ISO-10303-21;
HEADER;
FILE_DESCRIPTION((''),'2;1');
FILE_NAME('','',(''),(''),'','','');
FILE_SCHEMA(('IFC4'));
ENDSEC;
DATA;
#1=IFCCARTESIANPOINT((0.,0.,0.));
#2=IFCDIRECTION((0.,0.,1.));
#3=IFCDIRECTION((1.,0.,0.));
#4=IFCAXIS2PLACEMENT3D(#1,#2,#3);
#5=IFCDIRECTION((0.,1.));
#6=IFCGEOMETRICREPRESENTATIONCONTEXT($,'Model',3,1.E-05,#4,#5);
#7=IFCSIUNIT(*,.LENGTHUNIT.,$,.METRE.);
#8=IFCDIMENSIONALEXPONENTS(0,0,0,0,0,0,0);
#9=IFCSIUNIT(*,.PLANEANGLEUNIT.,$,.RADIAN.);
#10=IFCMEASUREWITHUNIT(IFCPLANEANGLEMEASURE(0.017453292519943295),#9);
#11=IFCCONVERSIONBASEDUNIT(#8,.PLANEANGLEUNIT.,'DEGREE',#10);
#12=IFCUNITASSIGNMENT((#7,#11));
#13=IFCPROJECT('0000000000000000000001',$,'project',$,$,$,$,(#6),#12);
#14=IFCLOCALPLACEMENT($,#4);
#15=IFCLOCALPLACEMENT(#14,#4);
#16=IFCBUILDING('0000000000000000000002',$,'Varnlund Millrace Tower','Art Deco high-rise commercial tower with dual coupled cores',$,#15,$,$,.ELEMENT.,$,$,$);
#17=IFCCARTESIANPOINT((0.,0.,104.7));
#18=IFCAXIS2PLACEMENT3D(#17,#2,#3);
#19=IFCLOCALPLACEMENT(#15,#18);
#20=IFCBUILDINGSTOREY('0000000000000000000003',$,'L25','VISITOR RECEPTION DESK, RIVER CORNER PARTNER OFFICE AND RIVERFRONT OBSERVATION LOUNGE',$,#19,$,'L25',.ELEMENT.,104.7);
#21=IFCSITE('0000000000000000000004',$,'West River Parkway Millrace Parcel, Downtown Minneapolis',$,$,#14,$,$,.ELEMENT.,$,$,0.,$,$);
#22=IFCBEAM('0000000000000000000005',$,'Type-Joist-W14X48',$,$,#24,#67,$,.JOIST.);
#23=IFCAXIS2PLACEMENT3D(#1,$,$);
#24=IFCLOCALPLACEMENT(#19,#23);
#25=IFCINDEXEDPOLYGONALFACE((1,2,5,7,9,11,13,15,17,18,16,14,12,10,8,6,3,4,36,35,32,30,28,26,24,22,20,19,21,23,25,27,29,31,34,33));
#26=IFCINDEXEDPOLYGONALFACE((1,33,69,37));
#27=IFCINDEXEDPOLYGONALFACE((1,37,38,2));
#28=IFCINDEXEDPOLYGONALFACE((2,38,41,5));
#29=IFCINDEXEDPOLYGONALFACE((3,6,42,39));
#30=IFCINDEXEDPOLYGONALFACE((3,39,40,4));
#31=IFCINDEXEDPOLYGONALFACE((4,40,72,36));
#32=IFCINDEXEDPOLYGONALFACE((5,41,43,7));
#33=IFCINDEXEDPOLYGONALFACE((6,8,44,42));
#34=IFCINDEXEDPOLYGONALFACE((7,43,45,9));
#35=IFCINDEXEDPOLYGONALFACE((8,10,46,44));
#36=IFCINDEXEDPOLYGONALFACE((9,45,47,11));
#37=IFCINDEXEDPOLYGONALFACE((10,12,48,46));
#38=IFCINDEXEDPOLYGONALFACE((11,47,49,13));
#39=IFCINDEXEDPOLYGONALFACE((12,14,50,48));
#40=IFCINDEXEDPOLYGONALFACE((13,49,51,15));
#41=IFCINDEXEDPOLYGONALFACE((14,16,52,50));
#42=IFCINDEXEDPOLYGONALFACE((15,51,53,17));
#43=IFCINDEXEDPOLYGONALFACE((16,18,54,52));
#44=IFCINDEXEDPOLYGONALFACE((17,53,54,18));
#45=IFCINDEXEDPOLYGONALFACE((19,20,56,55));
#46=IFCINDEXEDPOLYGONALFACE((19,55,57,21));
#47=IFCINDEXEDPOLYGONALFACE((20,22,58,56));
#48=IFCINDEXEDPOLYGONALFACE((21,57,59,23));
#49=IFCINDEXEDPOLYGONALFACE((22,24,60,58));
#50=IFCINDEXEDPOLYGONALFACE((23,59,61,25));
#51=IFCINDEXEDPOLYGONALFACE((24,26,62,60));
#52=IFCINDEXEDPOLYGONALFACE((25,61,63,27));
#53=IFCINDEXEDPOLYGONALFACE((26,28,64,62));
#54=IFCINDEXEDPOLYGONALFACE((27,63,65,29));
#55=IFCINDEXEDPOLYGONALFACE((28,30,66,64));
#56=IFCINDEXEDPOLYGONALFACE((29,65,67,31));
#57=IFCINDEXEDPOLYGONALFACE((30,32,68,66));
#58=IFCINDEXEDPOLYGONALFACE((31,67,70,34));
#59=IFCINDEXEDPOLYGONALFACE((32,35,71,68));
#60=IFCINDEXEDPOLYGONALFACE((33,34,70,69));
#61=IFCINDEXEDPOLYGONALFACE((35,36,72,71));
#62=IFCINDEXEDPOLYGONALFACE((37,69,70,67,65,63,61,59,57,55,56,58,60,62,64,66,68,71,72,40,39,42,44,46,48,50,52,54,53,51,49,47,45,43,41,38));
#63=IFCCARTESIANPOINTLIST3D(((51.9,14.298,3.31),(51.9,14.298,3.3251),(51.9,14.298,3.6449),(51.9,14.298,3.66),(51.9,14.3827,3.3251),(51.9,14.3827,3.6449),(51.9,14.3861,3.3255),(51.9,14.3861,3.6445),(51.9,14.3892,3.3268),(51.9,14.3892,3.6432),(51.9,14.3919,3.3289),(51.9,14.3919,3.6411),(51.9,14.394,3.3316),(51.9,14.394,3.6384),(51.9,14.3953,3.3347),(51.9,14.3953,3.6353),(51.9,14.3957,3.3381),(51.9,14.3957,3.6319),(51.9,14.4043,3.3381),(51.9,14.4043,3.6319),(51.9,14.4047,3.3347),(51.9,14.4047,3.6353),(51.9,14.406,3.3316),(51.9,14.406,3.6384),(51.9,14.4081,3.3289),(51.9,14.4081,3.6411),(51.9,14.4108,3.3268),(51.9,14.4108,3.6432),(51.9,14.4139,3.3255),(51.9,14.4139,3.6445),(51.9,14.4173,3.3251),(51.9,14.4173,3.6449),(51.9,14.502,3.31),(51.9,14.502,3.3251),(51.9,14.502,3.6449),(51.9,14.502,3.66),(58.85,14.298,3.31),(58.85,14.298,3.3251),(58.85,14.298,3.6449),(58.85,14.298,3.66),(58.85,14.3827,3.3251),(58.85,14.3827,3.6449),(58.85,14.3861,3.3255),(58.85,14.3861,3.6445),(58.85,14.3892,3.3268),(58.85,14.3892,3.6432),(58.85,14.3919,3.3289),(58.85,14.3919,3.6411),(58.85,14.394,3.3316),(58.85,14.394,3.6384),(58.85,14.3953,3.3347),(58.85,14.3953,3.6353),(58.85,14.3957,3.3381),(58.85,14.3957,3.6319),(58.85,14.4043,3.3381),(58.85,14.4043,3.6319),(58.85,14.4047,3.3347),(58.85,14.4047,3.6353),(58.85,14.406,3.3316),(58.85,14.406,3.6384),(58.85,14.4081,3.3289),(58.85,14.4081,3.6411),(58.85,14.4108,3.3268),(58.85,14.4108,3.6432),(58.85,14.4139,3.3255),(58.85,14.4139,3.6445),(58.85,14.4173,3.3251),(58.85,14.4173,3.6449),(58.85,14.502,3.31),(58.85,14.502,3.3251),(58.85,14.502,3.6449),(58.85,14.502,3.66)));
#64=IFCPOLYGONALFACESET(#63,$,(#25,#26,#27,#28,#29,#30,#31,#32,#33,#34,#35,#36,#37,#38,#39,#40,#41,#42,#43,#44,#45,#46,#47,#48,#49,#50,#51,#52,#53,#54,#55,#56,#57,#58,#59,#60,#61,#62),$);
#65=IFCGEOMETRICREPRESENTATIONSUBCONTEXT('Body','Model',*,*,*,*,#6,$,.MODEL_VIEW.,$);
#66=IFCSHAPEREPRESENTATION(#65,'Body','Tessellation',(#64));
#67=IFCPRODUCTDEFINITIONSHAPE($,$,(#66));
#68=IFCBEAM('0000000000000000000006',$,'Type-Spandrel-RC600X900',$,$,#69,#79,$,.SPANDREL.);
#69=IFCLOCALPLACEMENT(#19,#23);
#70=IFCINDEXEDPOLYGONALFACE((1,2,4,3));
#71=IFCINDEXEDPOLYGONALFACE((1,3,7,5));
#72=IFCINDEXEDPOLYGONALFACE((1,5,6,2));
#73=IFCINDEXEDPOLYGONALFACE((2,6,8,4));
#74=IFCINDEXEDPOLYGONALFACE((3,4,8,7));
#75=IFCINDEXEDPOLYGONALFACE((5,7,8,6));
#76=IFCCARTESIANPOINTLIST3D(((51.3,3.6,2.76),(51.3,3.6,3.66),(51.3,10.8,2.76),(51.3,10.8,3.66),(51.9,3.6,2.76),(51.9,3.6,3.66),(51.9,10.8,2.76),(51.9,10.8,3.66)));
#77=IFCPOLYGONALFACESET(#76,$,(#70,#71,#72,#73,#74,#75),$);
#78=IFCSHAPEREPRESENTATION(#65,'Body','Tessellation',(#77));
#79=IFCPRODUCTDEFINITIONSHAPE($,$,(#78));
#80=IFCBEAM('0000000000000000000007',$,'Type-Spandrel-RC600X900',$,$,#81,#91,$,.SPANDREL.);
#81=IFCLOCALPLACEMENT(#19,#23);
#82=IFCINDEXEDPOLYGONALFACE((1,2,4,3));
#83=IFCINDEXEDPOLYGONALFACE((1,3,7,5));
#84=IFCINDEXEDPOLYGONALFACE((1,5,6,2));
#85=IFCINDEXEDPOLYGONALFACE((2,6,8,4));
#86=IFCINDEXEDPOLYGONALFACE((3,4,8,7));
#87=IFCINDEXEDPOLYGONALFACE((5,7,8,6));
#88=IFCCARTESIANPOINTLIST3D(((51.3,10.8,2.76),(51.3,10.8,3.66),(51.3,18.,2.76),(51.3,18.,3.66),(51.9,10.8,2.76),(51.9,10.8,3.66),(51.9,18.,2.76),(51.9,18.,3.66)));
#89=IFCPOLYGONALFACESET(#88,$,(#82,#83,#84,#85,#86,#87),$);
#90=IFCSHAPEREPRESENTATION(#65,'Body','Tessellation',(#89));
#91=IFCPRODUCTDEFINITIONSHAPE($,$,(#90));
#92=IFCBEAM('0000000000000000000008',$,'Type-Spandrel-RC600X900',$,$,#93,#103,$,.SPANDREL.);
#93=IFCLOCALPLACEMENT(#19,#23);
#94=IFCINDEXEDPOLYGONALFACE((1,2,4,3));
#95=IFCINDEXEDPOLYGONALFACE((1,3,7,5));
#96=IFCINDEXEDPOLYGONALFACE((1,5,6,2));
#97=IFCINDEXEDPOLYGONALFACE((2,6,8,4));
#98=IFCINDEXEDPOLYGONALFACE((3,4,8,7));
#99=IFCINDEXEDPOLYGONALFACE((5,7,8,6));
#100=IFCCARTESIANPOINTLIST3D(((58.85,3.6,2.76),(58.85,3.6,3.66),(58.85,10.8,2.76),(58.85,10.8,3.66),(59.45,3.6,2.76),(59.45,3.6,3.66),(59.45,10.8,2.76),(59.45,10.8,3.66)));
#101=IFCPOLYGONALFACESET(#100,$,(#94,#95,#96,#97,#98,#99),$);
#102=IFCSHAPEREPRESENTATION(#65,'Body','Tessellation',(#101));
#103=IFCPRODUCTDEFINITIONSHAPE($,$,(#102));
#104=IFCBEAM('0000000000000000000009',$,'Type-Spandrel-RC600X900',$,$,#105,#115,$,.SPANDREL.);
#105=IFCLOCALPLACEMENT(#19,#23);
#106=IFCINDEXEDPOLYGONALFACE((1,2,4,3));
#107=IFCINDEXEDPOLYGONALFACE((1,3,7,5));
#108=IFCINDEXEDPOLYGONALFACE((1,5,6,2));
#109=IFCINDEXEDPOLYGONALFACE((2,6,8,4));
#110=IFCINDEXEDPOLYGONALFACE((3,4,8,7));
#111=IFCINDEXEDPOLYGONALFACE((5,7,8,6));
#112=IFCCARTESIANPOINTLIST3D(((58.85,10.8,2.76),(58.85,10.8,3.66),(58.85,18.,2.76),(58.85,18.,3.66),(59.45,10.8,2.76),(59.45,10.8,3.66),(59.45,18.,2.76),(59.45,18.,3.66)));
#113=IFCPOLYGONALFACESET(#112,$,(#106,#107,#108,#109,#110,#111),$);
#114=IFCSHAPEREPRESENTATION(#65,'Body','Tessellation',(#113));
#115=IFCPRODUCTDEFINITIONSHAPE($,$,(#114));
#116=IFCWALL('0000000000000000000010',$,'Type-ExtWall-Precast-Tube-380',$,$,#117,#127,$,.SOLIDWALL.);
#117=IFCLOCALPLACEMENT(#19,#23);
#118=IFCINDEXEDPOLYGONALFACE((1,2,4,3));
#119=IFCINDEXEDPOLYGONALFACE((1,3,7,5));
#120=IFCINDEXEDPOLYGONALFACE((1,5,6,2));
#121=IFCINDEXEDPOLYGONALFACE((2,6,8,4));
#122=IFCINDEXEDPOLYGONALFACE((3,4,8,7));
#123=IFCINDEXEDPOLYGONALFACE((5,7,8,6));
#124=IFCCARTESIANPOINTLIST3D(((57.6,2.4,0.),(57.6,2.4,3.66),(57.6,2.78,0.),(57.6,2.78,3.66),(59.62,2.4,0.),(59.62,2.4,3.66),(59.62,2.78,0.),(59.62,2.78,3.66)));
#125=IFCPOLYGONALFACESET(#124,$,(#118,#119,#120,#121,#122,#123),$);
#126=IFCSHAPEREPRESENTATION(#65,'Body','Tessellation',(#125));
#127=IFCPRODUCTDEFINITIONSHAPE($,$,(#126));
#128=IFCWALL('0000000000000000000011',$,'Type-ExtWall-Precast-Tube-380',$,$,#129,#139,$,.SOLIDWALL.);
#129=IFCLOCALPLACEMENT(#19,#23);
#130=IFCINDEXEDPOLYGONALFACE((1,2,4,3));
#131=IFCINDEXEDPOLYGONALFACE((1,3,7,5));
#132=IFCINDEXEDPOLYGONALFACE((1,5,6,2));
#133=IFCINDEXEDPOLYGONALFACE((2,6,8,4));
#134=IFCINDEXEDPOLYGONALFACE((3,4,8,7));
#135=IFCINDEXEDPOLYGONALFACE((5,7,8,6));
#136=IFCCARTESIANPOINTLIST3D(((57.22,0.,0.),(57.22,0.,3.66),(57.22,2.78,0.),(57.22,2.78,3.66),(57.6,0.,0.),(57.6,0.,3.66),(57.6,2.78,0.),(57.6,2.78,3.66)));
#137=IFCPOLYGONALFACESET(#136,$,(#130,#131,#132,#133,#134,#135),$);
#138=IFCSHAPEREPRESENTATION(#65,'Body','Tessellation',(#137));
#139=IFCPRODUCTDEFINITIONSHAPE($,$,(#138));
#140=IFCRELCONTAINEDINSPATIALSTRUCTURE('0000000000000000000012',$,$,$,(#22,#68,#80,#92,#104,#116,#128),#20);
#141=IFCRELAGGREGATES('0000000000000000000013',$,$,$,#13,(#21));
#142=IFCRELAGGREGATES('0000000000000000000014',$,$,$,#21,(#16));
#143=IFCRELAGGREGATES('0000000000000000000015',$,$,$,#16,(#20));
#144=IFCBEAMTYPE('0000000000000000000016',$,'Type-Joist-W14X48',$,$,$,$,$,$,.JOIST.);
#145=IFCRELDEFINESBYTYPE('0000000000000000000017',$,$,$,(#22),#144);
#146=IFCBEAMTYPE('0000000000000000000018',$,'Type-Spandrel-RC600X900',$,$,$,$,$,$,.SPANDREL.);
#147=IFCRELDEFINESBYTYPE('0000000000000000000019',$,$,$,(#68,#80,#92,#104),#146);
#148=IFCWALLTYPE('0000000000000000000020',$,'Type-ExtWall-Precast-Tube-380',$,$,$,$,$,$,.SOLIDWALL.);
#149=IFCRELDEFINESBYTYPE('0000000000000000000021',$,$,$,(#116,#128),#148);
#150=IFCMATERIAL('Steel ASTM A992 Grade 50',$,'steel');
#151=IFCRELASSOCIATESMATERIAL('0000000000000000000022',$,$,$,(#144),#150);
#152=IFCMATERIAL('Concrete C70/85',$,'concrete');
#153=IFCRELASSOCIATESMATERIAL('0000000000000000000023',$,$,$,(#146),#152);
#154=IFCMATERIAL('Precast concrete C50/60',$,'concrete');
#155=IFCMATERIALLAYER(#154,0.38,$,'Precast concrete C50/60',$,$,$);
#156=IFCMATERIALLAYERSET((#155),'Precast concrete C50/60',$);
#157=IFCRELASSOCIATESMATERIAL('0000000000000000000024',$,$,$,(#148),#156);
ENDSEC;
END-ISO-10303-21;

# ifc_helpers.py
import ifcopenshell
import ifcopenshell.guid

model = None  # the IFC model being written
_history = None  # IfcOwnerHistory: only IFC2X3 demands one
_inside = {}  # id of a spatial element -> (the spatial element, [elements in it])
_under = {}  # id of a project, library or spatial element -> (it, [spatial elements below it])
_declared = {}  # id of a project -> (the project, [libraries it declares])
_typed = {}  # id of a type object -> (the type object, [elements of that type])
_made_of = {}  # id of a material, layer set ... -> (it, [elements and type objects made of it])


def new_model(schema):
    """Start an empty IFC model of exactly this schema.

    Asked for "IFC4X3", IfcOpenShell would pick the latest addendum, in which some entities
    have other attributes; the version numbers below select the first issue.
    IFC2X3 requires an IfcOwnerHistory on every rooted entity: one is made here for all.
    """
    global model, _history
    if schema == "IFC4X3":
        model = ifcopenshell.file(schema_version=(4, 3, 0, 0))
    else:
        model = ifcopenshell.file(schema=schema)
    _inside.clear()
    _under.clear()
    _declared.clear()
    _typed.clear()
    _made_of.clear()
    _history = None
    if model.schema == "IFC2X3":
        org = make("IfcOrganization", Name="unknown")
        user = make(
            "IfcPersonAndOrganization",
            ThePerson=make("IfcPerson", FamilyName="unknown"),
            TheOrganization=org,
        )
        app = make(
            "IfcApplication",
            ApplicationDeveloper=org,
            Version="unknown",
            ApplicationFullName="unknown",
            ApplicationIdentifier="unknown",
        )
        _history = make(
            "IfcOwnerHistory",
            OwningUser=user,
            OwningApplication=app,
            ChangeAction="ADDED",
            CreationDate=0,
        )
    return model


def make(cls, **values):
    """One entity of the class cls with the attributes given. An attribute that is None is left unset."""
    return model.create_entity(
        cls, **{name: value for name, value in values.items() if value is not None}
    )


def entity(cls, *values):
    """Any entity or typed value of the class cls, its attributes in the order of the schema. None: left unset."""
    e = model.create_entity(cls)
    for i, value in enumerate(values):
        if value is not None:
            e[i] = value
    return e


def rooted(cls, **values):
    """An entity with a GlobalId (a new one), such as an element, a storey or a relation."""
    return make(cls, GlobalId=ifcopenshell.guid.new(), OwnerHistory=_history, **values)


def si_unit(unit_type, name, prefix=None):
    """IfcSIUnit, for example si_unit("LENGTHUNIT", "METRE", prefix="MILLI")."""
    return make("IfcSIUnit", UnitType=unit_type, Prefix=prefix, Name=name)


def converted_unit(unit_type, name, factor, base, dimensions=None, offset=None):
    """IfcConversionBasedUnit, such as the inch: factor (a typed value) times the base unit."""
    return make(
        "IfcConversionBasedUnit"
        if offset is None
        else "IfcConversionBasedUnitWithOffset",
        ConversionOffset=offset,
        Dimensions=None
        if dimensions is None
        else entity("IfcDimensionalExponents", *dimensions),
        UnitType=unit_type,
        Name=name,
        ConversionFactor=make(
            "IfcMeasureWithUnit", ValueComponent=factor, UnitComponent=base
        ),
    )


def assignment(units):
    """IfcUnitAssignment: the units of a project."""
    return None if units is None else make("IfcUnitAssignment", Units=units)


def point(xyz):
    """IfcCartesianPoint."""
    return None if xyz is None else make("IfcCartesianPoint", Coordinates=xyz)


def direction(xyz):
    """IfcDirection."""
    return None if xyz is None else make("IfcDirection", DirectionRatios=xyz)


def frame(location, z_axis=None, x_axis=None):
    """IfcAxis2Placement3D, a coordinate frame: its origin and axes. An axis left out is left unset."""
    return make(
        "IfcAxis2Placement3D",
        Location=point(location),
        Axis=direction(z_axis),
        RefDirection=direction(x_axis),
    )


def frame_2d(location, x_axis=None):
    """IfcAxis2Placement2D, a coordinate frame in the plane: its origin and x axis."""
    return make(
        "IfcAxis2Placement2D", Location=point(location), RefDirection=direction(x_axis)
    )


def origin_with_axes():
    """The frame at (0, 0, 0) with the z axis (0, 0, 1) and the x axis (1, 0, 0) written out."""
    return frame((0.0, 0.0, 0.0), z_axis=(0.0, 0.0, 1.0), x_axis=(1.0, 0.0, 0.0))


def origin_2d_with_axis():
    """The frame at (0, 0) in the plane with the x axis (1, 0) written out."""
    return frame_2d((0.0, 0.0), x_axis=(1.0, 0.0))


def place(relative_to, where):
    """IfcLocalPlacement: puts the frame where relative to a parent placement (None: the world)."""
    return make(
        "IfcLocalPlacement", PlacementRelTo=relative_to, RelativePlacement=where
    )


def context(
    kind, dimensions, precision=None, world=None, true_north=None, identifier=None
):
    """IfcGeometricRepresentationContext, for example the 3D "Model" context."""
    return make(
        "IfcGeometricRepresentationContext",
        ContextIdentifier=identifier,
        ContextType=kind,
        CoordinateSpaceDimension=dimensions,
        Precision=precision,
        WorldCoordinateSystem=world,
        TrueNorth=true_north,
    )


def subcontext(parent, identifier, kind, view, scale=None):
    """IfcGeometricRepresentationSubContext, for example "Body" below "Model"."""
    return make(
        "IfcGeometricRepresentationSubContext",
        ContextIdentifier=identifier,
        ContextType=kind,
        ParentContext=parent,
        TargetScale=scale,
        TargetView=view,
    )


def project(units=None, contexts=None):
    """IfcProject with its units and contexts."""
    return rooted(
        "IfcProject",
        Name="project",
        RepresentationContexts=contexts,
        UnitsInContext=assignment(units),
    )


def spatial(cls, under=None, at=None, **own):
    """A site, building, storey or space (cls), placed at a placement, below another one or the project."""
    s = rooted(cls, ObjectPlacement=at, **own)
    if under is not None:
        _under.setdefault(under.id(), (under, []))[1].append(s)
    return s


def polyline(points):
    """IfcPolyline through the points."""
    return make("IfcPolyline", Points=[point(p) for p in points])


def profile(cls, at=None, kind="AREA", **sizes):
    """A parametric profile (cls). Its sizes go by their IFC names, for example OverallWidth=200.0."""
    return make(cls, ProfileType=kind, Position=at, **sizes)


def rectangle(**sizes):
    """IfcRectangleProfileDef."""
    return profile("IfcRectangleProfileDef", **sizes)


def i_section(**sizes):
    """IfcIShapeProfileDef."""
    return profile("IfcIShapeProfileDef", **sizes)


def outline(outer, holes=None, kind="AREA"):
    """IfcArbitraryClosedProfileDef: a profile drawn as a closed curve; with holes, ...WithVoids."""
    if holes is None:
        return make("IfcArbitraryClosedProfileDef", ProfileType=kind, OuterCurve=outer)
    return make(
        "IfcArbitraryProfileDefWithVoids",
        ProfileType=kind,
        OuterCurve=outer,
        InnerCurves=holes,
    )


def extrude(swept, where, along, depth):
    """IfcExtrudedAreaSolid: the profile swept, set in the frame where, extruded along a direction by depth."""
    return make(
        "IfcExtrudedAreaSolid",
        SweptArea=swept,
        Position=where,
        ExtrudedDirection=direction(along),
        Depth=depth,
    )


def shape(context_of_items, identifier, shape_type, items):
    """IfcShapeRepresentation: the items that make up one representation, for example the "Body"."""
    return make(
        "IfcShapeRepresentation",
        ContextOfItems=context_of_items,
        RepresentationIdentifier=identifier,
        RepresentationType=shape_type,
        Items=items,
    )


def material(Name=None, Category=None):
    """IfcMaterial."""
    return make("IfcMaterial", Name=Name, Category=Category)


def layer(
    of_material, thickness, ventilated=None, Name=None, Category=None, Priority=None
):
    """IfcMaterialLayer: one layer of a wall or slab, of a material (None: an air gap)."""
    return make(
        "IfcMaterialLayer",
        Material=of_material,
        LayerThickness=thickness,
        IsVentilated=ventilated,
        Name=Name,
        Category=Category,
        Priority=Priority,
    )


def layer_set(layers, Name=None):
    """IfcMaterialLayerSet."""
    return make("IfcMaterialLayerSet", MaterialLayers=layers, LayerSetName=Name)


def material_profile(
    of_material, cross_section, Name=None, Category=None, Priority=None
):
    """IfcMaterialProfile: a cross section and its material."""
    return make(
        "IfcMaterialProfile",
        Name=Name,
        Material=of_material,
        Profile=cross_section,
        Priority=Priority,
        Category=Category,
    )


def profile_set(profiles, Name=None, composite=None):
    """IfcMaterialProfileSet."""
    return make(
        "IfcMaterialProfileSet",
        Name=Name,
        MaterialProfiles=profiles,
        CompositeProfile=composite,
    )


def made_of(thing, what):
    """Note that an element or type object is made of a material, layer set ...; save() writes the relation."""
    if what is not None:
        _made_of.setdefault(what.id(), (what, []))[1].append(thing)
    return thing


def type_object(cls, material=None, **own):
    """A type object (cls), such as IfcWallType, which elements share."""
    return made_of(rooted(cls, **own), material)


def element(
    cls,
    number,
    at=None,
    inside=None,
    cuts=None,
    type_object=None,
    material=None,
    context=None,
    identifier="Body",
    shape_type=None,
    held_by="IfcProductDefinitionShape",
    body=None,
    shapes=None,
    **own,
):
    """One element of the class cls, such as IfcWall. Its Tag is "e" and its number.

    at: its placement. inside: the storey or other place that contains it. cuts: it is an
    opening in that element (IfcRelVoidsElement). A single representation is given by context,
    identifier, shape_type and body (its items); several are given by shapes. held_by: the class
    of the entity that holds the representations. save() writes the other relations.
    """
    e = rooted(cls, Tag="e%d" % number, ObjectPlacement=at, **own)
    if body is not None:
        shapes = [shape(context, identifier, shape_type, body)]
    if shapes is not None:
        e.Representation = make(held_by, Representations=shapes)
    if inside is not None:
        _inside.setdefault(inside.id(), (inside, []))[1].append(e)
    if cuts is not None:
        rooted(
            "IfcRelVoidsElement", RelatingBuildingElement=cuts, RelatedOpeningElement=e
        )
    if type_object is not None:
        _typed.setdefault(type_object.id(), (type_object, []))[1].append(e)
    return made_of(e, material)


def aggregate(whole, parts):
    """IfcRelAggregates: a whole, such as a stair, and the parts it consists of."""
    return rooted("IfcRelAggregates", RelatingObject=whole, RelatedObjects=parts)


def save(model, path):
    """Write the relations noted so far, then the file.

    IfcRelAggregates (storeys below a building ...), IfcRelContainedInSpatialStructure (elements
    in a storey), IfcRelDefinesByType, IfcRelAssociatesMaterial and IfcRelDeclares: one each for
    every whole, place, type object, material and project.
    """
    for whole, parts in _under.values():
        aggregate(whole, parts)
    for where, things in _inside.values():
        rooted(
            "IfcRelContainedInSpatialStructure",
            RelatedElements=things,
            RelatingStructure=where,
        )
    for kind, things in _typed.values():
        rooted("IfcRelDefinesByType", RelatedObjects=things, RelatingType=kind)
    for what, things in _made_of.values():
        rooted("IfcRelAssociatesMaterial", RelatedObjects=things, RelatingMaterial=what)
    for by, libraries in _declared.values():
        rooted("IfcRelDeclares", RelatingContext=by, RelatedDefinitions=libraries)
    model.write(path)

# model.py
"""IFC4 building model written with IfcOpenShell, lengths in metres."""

from ifc_helpers import new_model, entity, si_unit, converted_unit, direction, frame, origin_with_axes, origin_2d_with_axis, place, context, subcontext, project, spatial, polyline, rectangle, i_section, outline, extrude, material, layer, layer_set, material_profile, profile_set, type_object, element, save


model = new_model("IFC4")

# Units and contexts
model_context = context("Model", 3, precision=1e-05, world=origin_with_axes(), true_north=direction((0.0, 1.0)))
body_context = subcontext(model_context, "Body", "Model", "MODEL_VIEW")
ifc_project = project(units=[si_unit("LENGTHUNIT", "METRE"), converted_unit("PLANEANGLEUNIT", "DEGREE", entity("IfcPlaneAngleMeasure", 0.017453292519943295), si_unit("PLANEANGLEUNIT", "RADIAN"), dimensions=[0, 0, 0, 0, 0, 0, 0])], contexts=[model_context])

# Site, building, storey
site_placement = place(None, origin_with_axes())
site = spatial("IfcSite", under=ifc_project, at=site_placement, Name="West River Parkway Millrace Parcel, Downtown Minneapolis", CompositionType="ELEMENT", RefElevation=0.0)
building_placement = place(site_placement, origin_with_axes())
building = spatial("IfcBuilding", under=site, at=building_placement, Name="Varnlund Millrace Tower", Description="Art Deco high-rise commercial tower with dual coupled cores", CompositionType="ELEMENT")
storey_placement = place(building_placement, frame((0.0, 0.0, 104.7), z_axis=(0.0, 0.0, 1.0), x_axis=(1.0, 0.0, 0.0)))
storey = spatial("IfcBuildingStorey", under=building, at=storey_placement, Name="L25", Description="VISITOR RECEPTION DESK, RIVER CORNER PARTNER OFFICE AND RIVERFRONT OBSERVATION LOUNGE", LongName="L25", CompositionType="ELEMENT", Elevation=104.7)

# Beams
ifc_material_1 = material(Name="Steel ASTM A992 Grade 50", Category="steel")
ifc_material_profile_1 = material_profile(ifc_material_1, i_section(OverallWidth=0.204, OverallDepth=0.35, WebThickness=0.0086, FlangeThickness=0.0151, FilletRadius=0.013, at=origin_2d_with_axis()), Name="Steel ASTM A992 Grade 50")
ifc_profile_set_1 = profile_set([ifc_material_profile_1], Name="Steel ASTM A992 Grade 50")
beam_type_1 = type_object("IfcBeamType", Name="Type-Joist-W14X48", PredefinedType="JOIST", material=ifc_profile_set_1)
for number, where, z_axis, x_axis, name in (
    (1, (51.9, 14.4, 3.485), (1.0, 0.0, 0.0), (0.0, 1.0, 0.0), "Type-Joist-W14X48"),
):
    element("IfcBeam", number, at=place(storey_placement, frame(where, z_axis=z_axis, x_axis=x_axis)), inside=storey, type_object=beam_type_1, Name=name, PredefinedType="JOIST", context=body_context, shape_type="SweptSolid", body=[
        extrude(i_section(OverallWidth=0.204, OverallDepth=0.35, WebThickness=0.0086, FlangeThickness=0.0151, FilletRadius=0.013, at=origin_2d_with_axis()), origin_with_axes(), (0.0, 0.0, 1.0), 6.95),
    ])
ifc_material_2 = material(Name="Concrete C70/85", Category="concrete")
ifc_material_profile_2 = material_profile(ifc_material_2, rectangle(XDim=0.6, YDim=0.9, at=origin_2d_with_axis()), Name="Concrete C70/85")
ifc_profile_set_2 = profile_set([ifc_material_profile_2], Name="Concrete C70/85")
beam_type_2 = type_object("IfcBeamType", Name="Type-Spandrel-RC600X900", PredefinedType="SPANDREL", material=ifc_profile_set_2)
for number, where, z_axis, x_axis, name in (
    (2, (51.6, 3.6, 3.21), (0.0, 1.0, 0.0), (-1.0, 0.0, 0.0), "Type-Spandrel-RC600X900"),
    (3, (51.6, 10.8, 3.21), (0.0, 1.0, 0.0), (-1.0, 0.0, 0.0), "Type-Spandrel-RC600X900"),
    (4, (59.15, 3.6, 3.21), (0.0, 1.0, 0.0), (-1.0, 0.0, 0.0), "Type-Spandrel-RC600X900"),
    (5, (59.15, 10.8, 3.21), (0.0, 1.0, 0.0), (-1.0, 0.0, 0.0), "Type-Spandrel-RC600X900"),
):
    element("IfcBeam", number, at=place(storey_placement, frame(where, z_axis=z_axis, x_axis=x_axis)), inside=storey, type_object=beam_type_2, Name=name, PredefinedType="SPANDREL", context=body_context, shape_type="SweptSolid", body=[
        extrude(rectangle(XDim=0.6, YDim=0.9, at=origin_2d_with_axis()), origin_with_axes(), (0.0, 0.0, 1.0), 7.2),
    ])

# Walls
ifc_material_3 = material(Name="Precast concrete C50/60", Category="concrete")
ifc_layer = layer(ifc_material_3, 0.38, Name="Precast concrete C50/60")
ifc_layer_set = layer_set([ifc_layer], Name="Precast concrete C50/60")
wall_type = type_object("IfcWallType", Name="Type-ExtWall-Precast-Tube-380", PredefinedType="SOLIDWALL", material=ifc_layer_set)
wall_1_placement = place(storey_placement, frame((59.62, 2.59, 0.0), z_axis=(0.0, 0.0, 1.0), x_axis=(-1.0, 0.0, 0.0)))
element("IfcWall", 6, at=wall_1_placement, inside=storey, type_object=wall_type, Name="Type-ExtWall-Precast-Tube-380", PredefinedType="SOLIDWALL", context=body_context, shape_type="SweptSolid", body=[
    extrude(outline(polyline([(0.0, -0.19), (2.02, -0.19), (2.02, 0.19), (0.0, 0.19), (0.0, -0.19)])), origin_with_axes(), (0.0, 0.0, 1.0), 3.66),
])
wall_2_placement = place(storey_placement, frame((57.41, 2.78, 0.0), z_axis=(0.0, 0.0, 1.0), x_axis=(0.0, -1.0, 0.0)))
element("IfcWall", 7, at=wall_2_placement, inside=storey, type_object=wall_type, Name="Type-ExtWall-Precast-Tube-380", PredefinedType="SOLIDWALL", context=body_context, shape_type="SweptSolid", body=[
    extrude(outline(polyline([(0.0, -0.19), (2.78, -0.19), (2.78, 0.19), (0.0, 0.19), (0.0, -0.19)])), origin_with_axes(), (0.0, 0.0, 1.0), 3.66),
])

save(model, "model.ifc")
